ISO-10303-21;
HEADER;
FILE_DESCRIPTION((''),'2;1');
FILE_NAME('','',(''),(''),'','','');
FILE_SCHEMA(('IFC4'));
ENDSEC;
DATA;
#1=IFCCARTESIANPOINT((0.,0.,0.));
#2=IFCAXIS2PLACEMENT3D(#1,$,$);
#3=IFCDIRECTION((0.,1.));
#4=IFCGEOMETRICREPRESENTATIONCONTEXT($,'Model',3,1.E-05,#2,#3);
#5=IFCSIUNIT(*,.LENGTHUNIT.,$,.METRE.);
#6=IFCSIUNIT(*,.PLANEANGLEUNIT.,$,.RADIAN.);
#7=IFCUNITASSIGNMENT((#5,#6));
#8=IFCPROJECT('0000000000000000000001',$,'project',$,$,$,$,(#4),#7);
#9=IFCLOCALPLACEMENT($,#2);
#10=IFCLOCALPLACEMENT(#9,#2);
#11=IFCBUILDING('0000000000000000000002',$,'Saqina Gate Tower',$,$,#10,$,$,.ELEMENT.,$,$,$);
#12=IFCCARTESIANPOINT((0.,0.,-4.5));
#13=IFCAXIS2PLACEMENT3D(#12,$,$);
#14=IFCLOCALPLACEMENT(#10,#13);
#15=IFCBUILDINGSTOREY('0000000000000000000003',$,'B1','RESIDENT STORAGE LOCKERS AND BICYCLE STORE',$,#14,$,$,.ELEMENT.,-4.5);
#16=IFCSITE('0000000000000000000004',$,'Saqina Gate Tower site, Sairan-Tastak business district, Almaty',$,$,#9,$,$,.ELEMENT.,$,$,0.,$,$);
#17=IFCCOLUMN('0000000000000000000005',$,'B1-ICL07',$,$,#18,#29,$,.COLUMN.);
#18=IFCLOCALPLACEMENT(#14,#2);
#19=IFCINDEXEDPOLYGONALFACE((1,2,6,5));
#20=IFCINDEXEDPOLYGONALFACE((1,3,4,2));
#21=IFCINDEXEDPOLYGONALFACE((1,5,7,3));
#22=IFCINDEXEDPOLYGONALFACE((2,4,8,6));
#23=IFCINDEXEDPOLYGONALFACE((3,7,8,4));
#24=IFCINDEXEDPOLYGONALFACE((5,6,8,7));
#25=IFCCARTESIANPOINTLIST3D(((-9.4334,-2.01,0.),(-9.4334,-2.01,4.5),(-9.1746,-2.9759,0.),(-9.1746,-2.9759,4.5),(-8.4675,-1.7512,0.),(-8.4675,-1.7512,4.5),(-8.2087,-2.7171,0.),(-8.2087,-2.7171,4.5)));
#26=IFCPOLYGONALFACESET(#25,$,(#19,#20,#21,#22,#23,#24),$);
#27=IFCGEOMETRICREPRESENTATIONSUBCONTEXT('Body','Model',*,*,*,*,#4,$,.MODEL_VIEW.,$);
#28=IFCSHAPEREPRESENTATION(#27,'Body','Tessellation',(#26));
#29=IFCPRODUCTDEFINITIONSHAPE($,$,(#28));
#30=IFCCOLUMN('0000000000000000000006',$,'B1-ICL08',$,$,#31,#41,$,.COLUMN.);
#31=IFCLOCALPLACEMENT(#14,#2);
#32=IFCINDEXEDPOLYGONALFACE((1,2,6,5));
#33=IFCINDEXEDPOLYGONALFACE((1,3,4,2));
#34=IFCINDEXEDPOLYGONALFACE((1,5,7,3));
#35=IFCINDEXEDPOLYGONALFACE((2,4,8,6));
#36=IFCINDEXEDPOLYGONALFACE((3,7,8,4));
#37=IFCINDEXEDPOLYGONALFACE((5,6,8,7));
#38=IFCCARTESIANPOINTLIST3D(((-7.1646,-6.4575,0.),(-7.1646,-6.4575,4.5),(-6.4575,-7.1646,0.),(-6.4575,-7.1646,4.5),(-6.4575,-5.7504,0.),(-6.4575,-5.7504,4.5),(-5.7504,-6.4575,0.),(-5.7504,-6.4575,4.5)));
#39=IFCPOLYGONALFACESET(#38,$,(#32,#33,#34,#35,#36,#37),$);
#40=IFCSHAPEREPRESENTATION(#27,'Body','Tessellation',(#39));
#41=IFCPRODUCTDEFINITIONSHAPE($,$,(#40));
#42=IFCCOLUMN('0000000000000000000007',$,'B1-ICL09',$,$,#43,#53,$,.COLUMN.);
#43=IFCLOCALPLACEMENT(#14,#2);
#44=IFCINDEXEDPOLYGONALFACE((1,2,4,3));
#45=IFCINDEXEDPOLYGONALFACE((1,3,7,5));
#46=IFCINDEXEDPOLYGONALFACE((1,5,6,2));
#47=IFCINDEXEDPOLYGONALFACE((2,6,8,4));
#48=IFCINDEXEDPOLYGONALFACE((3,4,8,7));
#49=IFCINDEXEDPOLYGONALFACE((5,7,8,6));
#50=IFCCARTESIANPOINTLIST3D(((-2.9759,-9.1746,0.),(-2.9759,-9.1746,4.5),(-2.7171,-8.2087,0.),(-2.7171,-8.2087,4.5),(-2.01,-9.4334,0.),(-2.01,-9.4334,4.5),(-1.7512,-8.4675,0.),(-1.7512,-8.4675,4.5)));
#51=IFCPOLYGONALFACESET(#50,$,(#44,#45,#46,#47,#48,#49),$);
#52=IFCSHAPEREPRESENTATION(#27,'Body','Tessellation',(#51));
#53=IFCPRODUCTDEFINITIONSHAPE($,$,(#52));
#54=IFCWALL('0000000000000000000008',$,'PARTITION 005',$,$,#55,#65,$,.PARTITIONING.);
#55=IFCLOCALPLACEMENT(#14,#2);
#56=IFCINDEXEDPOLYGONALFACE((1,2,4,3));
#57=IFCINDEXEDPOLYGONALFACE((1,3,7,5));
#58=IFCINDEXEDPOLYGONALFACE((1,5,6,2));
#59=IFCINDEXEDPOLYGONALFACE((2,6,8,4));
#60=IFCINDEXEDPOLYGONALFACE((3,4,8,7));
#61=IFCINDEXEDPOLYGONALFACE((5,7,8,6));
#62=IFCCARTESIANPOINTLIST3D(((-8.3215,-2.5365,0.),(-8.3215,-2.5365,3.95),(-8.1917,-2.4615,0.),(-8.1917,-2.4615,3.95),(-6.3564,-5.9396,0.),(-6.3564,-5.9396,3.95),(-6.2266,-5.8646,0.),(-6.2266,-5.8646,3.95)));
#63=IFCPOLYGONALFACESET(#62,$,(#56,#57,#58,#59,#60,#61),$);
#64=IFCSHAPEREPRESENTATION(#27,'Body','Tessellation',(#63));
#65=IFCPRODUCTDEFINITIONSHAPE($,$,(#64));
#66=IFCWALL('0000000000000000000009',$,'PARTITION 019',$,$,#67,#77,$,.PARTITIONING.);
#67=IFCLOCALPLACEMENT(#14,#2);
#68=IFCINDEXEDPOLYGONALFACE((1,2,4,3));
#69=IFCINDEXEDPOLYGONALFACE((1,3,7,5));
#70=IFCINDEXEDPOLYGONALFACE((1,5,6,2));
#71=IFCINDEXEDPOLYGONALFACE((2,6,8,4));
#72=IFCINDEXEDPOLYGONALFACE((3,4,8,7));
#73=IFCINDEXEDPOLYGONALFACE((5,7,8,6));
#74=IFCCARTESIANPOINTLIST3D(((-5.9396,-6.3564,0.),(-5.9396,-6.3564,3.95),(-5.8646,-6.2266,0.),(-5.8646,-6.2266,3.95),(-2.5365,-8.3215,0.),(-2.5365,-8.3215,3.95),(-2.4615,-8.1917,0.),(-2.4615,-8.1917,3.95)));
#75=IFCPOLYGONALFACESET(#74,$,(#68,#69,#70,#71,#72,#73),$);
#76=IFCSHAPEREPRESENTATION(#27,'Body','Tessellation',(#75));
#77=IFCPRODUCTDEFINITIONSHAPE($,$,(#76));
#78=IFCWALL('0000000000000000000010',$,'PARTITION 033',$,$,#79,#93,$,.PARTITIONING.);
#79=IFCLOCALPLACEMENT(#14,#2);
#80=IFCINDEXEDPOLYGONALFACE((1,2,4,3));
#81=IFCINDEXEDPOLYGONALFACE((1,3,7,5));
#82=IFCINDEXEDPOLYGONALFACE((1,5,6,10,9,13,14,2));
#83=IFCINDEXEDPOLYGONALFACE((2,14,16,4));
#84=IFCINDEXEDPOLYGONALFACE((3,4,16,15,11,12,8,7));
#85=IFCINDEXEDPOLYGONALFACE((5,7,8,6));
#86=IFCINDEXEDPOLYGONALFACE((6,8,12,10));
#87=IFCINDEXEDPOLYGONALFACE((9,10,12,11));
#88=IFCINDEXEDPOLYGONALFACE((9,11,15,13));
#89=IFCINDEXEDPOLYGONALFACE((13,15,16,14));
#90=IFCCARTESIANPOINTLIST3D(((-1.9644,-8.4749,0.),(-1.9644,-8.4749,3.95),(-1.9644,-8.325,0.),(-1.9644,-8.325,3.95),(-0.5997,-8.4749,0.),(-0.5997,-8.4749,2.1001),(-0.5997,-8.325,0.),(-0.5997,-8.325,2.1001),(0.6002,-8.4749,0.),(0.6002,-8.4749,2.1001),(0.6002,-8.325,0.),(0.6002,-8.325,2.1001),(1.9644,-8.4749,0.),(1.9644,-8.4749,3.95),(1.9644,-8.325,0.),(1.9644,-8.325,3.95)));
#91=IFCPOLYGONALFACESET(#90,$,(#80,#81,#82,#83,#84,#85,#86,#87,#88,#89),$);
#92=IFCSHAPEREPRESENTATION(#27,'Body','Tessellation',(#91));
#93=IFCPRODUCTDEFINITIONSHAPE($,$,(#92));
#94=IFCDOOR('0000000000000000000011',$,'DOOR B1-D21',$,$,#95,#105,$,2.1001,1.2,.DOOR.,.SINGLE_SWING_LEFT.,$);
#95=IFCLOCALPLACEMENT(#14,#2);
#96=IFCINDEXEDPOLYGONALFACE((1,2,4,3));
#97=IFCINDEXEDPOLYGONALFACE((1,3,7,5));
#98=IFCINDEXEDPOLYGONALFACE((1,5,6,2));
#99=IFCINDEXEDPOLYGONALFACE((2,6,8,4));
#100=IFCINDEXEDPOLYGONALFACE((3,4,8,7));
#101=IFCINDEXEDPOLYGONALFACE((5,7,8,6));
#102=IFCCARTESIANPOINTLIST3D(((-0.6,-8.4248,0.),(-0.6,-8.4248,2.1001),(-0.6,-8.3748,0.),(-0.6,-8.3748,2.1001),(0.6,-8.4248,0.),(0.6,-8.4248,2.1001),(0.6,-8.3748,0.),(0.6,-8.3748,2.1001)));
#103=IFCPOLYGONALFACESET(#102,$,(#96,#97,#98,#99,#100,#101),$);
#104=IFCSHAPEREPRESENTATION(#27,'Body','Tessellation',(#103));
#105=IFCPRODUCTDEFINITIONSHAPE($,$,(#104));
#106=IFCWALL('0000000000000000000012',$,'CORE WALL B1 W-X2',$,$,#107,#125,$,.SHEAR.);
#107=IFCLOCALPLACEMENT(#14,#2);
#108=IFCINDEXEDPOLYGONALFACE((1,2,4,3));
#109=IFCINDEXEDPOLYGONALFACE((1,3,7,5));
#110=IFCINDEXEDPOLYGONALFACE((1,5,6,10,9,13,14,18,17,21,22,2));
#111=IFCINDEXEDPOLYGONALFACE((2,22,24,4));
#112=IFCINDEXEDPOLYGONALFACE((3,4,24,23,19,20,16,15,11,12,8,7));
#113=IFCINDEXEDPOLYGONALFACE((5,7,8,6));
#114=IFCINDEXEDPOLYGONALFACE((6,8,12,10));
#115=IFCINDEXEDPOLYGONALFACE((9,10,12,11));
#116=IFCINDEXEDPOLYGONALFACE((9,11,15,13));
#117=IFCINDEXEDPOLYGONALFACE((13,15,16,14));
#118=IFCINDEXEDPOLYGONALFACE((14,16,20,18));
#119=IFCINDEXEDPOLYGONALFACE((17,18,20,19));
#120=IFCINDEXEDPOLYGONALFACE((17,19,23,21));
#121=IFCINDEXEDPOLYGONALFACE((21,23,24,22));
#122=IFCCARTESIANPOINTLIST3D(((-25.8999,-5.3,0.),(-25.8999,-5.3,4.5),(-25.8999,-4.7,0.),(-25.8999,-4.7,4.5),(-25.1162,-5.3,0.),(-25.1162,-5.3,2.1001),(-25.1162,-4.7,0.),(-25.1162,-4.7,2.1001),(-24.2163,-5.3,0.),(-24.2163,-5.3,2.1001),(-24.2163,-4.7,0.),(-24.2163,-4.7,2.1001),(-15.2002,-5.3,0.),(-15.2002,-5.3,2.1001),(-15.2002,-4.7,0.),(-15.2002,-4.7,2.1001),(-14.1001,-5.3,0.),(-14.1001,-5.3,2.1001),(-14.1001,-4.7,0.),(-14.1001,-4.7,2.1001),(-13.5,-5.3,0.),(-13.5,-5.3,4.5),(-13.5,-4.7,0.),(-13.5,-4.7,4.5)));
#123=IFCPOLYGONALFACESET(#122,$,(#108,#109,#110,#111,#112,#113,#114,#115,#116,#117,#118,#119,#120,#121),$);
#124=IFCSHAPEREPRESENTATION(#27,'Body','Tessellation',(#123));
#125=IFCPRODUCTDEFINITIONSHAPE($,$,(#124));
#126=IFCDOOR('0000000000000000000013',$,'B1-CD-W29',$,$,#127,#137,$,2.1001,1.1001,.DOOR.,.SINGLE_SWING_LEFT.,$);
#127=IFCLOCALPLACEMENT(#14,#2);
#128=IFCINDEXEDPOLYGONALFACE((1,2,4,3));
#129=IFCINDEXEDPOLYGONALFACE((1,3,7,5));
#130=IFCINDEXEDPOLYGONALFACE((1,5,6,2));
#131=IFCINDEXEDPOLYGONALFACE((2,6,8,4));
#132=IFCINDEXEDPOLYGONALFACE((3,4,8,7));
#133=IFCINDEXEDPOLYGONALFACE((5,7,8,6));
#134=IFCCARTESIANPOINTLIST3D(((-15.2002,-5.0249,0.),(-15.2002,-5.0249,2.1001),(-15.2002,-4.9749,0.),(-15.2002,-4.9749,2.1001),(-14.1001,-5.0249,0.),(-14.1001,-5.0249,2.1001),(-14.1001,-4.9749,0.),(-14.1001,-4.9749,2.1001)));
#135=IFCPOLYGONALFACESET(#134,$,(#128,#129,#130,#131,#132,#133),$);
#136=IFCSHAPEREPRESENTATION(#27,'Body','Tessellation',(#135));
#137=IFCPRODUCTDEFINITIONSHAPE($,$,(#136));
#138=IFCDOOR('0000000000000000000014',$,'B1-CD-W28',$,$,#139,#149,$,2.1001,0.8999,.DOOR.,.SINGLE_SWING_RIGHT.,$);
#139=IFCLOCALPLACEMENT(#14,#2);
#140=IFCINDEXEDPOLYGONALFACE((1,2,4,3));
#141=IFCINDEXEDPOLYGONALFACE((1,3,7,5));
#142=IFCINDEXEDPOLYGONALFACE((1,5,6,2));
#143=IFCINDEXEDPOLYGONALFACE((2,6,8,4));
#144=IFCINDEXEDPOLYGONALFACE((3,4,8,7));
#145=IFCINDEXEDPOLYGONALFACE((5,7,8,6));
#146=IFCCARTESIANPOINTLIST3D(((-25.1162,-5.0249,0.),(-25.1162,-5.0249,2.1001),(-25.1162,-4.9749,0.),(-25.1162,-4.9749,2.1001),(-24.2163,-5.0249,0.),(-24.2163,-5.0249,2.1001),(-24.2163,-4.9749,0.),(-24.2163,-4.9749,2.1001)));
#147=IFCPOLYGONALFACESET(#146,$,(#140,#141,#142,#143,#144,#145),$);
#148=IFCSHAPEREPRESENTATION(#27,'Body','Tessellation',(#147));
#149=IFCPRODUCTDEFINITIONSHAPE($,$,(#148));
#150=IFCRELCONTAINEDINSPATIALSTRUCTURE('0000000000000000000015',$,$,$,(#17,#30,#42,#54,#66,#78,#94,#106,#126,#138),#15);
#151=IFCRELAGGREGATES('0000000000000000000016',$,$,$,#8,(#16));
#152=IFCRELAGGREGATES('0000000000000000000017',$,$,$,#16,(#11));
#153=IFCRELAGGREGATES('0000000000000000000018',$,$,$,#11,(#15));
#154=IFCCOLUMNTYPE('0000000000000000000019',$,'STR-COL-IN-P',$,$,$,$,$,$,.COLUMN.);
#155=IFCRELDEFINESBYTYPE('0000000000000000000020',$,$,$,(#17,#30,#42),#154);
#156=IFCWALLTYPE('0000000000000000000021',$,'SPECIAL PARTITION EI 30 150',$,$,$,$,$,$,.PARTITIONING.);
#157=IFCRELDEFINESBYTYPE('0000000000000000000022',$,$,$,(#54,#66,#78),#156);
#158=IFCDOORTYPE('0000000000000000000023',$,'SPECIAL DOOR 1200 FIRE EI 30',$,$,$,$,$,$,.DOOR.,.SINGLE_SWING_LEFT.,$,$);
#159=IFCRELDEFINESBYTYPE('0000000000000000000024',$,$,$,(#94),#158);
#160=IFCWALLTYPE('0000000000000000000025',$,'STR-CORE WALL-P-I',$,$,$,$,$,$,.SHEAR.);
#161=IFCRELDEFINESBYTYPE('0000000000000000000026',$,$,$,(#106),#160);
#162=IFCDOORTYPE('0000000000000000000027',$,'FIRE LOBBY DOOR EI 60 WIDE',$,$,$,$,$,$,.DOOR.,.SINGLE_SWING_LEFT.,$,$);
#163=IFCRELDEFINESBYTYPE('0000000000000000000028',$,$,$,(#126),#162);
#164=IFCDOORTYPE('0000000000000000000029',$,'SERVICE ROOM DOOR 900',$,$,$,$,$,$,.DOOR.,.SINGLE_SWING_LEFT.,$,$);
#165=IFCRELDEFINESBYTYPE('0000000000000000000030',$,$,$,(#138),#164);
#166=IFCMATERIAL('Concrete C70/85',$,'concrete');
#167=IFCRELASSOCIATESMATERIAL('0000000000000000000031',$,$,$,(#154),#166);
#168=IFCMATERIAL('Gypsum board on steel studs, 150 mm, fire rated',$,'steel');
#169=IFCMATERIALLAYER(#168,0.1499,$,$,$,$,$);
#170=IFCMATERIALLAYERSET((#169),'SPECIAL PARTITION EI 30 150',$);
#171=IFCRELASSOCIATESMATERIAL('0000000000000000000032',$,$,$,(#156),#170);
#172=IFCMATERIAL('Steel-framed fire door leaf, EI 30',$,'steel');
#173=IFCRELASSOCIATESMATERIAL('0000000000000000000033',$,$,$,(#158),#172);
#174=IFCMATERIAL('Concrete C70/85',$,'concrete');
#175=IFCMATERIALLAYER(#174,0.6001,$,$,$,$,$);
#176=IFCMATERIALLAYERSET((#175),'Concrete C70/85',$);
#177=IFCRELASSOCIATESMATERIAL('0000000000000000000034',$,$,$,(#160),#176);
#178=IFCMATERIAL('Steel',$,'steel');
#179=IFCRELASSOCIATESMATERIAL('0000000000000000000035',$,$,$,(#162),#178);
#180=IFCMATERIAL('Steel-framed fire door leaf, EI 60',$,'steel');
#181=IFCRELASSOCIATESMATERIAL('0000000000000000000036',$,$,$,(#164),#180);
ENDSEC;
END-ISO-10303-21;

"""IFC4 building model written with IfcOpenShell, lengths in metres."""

from ifc_helpers import new_model, si_unit, direction, frame, frame_2d, origin, origin_2d, place, context, subcontext, project, spatial, rectangle, extrude, material, layer, layer_set, material_profile, profile_set, type_object, element, fill, save


model = new_model("IFC4")

# Units and contexts
model_context = context("Model", 3, precision=1e-05, world=origin(), true_north=direction((0.0, 1.0)))
body_context = subcontext(model_context, "Body", "Model", "MODEL_VIEW")
ifc_project = project(units=[si_unit("LENGTHUNIT", "METRE"), si_unit("PLANEANGLEUNIT", "RADIAN")], contexts=[model_context])

# Site, building, storey
site_placement = place(None, origin())
site = spatial("IfcSite", under=ifc_project, at=site_placement, Name="Saqina Gate Tower site, Sairan-Tastak business district, Almaty", CompositionType="ELEMENT", RefElevation=0.0)
building_placement = place(site_placement, origin())
building = spatial("IfcBuilding", under=site, at=building_placement, Name="Saqina Gate Tower", CompositionType="ELEMENT")
storey_placement = place(building_placement, frame((0.0, 0.0, -4.5)))
storey = spatial("IfcBuildingStorey", under=building, at=storey_placement, Name="B1", Description="RESIDENT STORAGE LOCKERS AND BICYCLE STORE", CompositionType="ELEMENT", Elevation=-4.5)

# Columns
ifc_material_1 = material(Name="Concrete C70/85", Category="concrete")
ifc_material_profile = material_profile(ifc_material_1, rectangle(XDim=1.0, YDim=1.0, at=origin_2d()), Name="RC 1000x1000")
ifc_profile_set = profile_set([ifc_material_profile], Name="Concrete C70/85")
column_type = type_object("IfcColumnType", Name="STR-COL-IN-P", PredefinedType="COLUMN", material=ifc_profile_set)
for number, where, z_axis, x_axis, name in (
    (1, (-8.821, -2.3635, 0.0), (0.0, 0.0, 1.0), (-0.965926, -0.258819, 0.0), "B1-ICL07"),
    (2, (-6.4575, -6.4575, 0.0), (0.0, 0.0, 1.0), (-0.707107, -0.707107, 0.0), "B1-ICL08"),
    (3, (-2.3635, -8.821, 0.0), (0.0, 0.0, 1.0), (-0.258819, -0.965926, 0.0), "B1-ICL09"),
):
    element("IfcColumn", number, at=place(storey_placement, frame(where, z_axis=z_axis, x_axis=x_axis)), inside=storey, type_object=column_type, Name=name, PredefinedType="COLUMN", context=body_context, shape_type="SweptSolid", body=[
        extrude(rectangle(XDim=1.0, YDim=1.0, at=origin_2d()), origin(), (0.0, 0.0, 1.0), 4.5),
    ])

# Walls
ifc_material_2 = material(Name="Gypsum board on steel studs, 150 mm, fire rated", Category="steel")
ifc_layer_1 = layer(ifc_material_2, 0.1499)
ifc_layer_set_1 = layer_set([ifc_layer_1], Name="SPECIAL PARTITION EI 30 150")
wall_type_1 = type_object("IfcWallType", Name="SPECIAL PARTITION EI 30 150", PredefinedType="PARTITIONING", material=ifc_layer_set_1)
for number, where, z_axis, x_axis, name in (
    (4, (-8.2566, -2.499, 0.0), (0.0, 0.0, 1.0), (0.500061, -0.86599, 0.0), "PARTITION 005"),
    (5, (-5.9021, -6.2915, 0.0), (0.0, 0.0, 1.0), (0.86599, -0.500061, 0.0), "PARTITION 019"),
):
    element("IfcWall", number, at=place(storey_placement, frame(where, z_axis=z_axis, x_axis=x_axis)), inside=storey, type_object=wall_type_1, Name=name, PredefinedType="PARTITIONING", context=body_context, shape_type="SweptSolid", body=[
        extrude(rectangle(XDim=3.9297, YDim=0.1499, at=frame_2d((1.9648, 0.0))), origin(), (0.0, 0.0, 1.0), 3.95),
    ])

# Wall, opening, door
wall_1_placement = place(storey_placement, frame((-1.9644, -8.3999, 0.0), z_axis=(0.0, 0.0, 1.0), x_axis=(1.0, 0.0, 0.0)))
wall_1 = element("IfcWall", 6, at=wall_1_placement, inside=storey, type_object=wall_type_1, Name="PARTITION 033", PredefinedType="PARTITIONING", context=body_context, shape_type="SweptSolid", body=[
    extrude(rectangle(XDim=3.9287, YDim=0.1499, at=frame_2d((1.9644, 0.0))), origin(), (0.0, 0.0, 1.0), 3.95),
])
opening_1_placement = place(wall_1_placement, frame((1.3645, 0.0, 0.0)))
opening_1 = element("IfcOpeningElement", 7, at=opening_1_placement, cuts=wall_1, PredefinedType="OPENING", context=body_context, shape_type="SweptSolid", body=[
    extrude(rectangle(XDim=1.2, YDim=2.1001, at=frame_2d((0.6001, 1.05))), frame((0.0, 0.0869, 0.0), z_axis=(0.0, -1.0, 0.0), x_axis=(1.0, 0.0, 0.0)), (0.0, 0.0, 1.0), 0.1738),
])
ifc_material_3 = material(Name="Steel-framed fire door leaf, EI 30", Category="steel")
door_type_1 = type_object("IfcDoorType", Name="SPECIAL DOOR 1200 FIRE EI 30", OperationType="SINGLE_SWING_LEFT", PredefinedType="DOOR", material=ifc_material_3)
door_1_placement = place(opening_1_placement, frame((1.2, 0.0, 0.0), z_axis=(0.0, 0.0, 1.0), x_axis=(-1.0, 0.0, 0.0)))
door_1 = element("IfcDoor", 8, at=door_1_placement, inside=storey, type_object=door_type_1, Name="DOOR B1-D21", OperationType="SINGLE_SWING_LEFT", OverallHeight=2.1001, OverallWidth=1.2, PredefinedType="DOOR", context=body_context, shape_type="SweptSolid", body=[
    extrude(rectangle(XDim=1.2, YDim=2.1001, at=frame_2d((0.6001, 1.05))), frame((0.0, 0.0249, 0.0), z_axis=(0.0, -1.0, 0.0), x_axis=(1.0, 0.0, 0.0)), (0.0, 0.0, 1.0), 0.05),
])
fill(opening_1, door_1)

# Wall, openings, doors
ifc_material_4 = material(Name="Concrete C70/85", Category="concrete")
ifc_layer_2 = layer(ifc_material_4, 0.6001)
ifc_layer_set_2 = layer_set([ifc_layer_2], Name="Concrete C70/85")
wall_type_2 = type_object("IfcWallType", Name="STR-CORE WALL-P-I", PredefinedType="SHEAR", material=ifc_layer_set_2)
wall_2_placement = place(storey_placement, frame((-13.5, -5.0, 0.0), z_axis=(0.0, 0.0, 1.0), x_axis=(-1.0, 0.0, 0.0)))
wall_2 = element("IfcWall", 9, at=wall_2_placement, inside=storey, type_object=wall_type_2, Name="CORE WALL B1 W-X2", PredefinedType="SHEAR", context=body_context, shape_type="SweptSolid", body=[
    extrude(rectangle(XDim=12.3999, YDim=0.6001, at=frame_2d((6.2, 0.0))), origin(), (0.0, 0.0, 1.0), 4.5),
])
opening_2_placement = place(wall_2_placement, frame((10.7163, 0.0, 0.0)))
opening_2 = element("IfcOpeningElement", 10, at=opening_2_placement, cuts=wall_2, PredefinedType="OPENING", context=body_context, shape_type="SweptSolid", body=[
    extrude(rectangle(XDim=0.8999, YDim=2.1001, at=frame_2d((0.45, 1.05))), frame((0.0, 0.312, 0.0), z_axis=(0.0, -1.0, 0.0), x_axis=(1.0, 0.0, 0.0)), (0.0, 0.0, 1.0), 0.624),
])
opening_3_placement = place(wall_2_placement, frame((0.6001, 0.0, 0.0)))
opening_3 = element("IfcOpeningElement", 11, at=opening_3_placement, cuts=wall_2, PredefinedType="OPENING", context=body_context, shape_type="SweptSolid", body=[
    extrude(rectangle(XDim=1.1001, YDim=2.1001, at=frame_2d((0.55, 1.05))), frame((0.0, 0.312, 0.0), z_axis=(0.0, -1.0, 0.0), x_axis=(1.0, 0.0, 0.0)), (0.0, 0.0, 1.0), 0.624),
])
ifc_material_5 = material(Name="Steel", Category="steel")
door_type_2 = type_object("IfcDoorType", Name="FIRE LOBBY DOOR EI 60 WIDE", OperationType="SINGLE_SWING_LEFT", PredefinedType="DOOR", material=ifc_material_5)
door_2_placement = place(opening_3_placement, origin())
door_2 = element("IfcDoor", 12, at=door_2_placement, inside=storey, type_object=door_type_2, Name="B1-CD-W29", OperationType="SINGLE_SWING_LEFT", OverallHeight=2.1001, OverallWidth=1.1001, PredefinedType="DOOR", context=body_context, shape_type="SweptSolid", body=[
    extrude(rectangle(XDim=1.1001, YDim=2.1001, at=frame_2d((0.55, 1.05))), frame((0.0, 0.0249, 0.0), z_axis=(0.0, -1.0, 0.0), x_axis=(1.0, 0.0, 0.0)), (0.0, 0.0, 1.0), 0.05),
])
fill(opening_3, door_2)
ifc_material_6 = material(Name="Steel-framed fire door leaf, EI 60", Category="steel")
door_type_3 = type_object("IfcDoorType", Name="SERVICE ROOM DOOR 900", OperationType="SINGLE_SWING_LEFT", PredefinedType="DOOR", material=ifc_material_6)
door_3_placement = place(opening_2_placement, origin())
door_3 = element("IfcDoor", 13, at=door_3_placement, inside=storey, type_object=door_type_3, Name="B1-CD-W28", OperationType="SINGLE_SWING_RIGHT", OverallHeight=2.1001, OverallWidth=0.8999, PredefinedType="DOOR", context=body_context, shape_type="SweptSolid", body=[
    extrude(rectangle(XDim=0.8999, YDim=2.1001, at=frame_2d((0.45, 1.05))), frame((0.0, 0.0249, 0.0), z_axis=(0.0, -1.0, 0.0), x_axis=(1.0, 0.0, 0.0)), (0.0, 0.0, 1.0), 0.05),
])
fill(opening_2, door_3)

save(model, "model.ifc")
